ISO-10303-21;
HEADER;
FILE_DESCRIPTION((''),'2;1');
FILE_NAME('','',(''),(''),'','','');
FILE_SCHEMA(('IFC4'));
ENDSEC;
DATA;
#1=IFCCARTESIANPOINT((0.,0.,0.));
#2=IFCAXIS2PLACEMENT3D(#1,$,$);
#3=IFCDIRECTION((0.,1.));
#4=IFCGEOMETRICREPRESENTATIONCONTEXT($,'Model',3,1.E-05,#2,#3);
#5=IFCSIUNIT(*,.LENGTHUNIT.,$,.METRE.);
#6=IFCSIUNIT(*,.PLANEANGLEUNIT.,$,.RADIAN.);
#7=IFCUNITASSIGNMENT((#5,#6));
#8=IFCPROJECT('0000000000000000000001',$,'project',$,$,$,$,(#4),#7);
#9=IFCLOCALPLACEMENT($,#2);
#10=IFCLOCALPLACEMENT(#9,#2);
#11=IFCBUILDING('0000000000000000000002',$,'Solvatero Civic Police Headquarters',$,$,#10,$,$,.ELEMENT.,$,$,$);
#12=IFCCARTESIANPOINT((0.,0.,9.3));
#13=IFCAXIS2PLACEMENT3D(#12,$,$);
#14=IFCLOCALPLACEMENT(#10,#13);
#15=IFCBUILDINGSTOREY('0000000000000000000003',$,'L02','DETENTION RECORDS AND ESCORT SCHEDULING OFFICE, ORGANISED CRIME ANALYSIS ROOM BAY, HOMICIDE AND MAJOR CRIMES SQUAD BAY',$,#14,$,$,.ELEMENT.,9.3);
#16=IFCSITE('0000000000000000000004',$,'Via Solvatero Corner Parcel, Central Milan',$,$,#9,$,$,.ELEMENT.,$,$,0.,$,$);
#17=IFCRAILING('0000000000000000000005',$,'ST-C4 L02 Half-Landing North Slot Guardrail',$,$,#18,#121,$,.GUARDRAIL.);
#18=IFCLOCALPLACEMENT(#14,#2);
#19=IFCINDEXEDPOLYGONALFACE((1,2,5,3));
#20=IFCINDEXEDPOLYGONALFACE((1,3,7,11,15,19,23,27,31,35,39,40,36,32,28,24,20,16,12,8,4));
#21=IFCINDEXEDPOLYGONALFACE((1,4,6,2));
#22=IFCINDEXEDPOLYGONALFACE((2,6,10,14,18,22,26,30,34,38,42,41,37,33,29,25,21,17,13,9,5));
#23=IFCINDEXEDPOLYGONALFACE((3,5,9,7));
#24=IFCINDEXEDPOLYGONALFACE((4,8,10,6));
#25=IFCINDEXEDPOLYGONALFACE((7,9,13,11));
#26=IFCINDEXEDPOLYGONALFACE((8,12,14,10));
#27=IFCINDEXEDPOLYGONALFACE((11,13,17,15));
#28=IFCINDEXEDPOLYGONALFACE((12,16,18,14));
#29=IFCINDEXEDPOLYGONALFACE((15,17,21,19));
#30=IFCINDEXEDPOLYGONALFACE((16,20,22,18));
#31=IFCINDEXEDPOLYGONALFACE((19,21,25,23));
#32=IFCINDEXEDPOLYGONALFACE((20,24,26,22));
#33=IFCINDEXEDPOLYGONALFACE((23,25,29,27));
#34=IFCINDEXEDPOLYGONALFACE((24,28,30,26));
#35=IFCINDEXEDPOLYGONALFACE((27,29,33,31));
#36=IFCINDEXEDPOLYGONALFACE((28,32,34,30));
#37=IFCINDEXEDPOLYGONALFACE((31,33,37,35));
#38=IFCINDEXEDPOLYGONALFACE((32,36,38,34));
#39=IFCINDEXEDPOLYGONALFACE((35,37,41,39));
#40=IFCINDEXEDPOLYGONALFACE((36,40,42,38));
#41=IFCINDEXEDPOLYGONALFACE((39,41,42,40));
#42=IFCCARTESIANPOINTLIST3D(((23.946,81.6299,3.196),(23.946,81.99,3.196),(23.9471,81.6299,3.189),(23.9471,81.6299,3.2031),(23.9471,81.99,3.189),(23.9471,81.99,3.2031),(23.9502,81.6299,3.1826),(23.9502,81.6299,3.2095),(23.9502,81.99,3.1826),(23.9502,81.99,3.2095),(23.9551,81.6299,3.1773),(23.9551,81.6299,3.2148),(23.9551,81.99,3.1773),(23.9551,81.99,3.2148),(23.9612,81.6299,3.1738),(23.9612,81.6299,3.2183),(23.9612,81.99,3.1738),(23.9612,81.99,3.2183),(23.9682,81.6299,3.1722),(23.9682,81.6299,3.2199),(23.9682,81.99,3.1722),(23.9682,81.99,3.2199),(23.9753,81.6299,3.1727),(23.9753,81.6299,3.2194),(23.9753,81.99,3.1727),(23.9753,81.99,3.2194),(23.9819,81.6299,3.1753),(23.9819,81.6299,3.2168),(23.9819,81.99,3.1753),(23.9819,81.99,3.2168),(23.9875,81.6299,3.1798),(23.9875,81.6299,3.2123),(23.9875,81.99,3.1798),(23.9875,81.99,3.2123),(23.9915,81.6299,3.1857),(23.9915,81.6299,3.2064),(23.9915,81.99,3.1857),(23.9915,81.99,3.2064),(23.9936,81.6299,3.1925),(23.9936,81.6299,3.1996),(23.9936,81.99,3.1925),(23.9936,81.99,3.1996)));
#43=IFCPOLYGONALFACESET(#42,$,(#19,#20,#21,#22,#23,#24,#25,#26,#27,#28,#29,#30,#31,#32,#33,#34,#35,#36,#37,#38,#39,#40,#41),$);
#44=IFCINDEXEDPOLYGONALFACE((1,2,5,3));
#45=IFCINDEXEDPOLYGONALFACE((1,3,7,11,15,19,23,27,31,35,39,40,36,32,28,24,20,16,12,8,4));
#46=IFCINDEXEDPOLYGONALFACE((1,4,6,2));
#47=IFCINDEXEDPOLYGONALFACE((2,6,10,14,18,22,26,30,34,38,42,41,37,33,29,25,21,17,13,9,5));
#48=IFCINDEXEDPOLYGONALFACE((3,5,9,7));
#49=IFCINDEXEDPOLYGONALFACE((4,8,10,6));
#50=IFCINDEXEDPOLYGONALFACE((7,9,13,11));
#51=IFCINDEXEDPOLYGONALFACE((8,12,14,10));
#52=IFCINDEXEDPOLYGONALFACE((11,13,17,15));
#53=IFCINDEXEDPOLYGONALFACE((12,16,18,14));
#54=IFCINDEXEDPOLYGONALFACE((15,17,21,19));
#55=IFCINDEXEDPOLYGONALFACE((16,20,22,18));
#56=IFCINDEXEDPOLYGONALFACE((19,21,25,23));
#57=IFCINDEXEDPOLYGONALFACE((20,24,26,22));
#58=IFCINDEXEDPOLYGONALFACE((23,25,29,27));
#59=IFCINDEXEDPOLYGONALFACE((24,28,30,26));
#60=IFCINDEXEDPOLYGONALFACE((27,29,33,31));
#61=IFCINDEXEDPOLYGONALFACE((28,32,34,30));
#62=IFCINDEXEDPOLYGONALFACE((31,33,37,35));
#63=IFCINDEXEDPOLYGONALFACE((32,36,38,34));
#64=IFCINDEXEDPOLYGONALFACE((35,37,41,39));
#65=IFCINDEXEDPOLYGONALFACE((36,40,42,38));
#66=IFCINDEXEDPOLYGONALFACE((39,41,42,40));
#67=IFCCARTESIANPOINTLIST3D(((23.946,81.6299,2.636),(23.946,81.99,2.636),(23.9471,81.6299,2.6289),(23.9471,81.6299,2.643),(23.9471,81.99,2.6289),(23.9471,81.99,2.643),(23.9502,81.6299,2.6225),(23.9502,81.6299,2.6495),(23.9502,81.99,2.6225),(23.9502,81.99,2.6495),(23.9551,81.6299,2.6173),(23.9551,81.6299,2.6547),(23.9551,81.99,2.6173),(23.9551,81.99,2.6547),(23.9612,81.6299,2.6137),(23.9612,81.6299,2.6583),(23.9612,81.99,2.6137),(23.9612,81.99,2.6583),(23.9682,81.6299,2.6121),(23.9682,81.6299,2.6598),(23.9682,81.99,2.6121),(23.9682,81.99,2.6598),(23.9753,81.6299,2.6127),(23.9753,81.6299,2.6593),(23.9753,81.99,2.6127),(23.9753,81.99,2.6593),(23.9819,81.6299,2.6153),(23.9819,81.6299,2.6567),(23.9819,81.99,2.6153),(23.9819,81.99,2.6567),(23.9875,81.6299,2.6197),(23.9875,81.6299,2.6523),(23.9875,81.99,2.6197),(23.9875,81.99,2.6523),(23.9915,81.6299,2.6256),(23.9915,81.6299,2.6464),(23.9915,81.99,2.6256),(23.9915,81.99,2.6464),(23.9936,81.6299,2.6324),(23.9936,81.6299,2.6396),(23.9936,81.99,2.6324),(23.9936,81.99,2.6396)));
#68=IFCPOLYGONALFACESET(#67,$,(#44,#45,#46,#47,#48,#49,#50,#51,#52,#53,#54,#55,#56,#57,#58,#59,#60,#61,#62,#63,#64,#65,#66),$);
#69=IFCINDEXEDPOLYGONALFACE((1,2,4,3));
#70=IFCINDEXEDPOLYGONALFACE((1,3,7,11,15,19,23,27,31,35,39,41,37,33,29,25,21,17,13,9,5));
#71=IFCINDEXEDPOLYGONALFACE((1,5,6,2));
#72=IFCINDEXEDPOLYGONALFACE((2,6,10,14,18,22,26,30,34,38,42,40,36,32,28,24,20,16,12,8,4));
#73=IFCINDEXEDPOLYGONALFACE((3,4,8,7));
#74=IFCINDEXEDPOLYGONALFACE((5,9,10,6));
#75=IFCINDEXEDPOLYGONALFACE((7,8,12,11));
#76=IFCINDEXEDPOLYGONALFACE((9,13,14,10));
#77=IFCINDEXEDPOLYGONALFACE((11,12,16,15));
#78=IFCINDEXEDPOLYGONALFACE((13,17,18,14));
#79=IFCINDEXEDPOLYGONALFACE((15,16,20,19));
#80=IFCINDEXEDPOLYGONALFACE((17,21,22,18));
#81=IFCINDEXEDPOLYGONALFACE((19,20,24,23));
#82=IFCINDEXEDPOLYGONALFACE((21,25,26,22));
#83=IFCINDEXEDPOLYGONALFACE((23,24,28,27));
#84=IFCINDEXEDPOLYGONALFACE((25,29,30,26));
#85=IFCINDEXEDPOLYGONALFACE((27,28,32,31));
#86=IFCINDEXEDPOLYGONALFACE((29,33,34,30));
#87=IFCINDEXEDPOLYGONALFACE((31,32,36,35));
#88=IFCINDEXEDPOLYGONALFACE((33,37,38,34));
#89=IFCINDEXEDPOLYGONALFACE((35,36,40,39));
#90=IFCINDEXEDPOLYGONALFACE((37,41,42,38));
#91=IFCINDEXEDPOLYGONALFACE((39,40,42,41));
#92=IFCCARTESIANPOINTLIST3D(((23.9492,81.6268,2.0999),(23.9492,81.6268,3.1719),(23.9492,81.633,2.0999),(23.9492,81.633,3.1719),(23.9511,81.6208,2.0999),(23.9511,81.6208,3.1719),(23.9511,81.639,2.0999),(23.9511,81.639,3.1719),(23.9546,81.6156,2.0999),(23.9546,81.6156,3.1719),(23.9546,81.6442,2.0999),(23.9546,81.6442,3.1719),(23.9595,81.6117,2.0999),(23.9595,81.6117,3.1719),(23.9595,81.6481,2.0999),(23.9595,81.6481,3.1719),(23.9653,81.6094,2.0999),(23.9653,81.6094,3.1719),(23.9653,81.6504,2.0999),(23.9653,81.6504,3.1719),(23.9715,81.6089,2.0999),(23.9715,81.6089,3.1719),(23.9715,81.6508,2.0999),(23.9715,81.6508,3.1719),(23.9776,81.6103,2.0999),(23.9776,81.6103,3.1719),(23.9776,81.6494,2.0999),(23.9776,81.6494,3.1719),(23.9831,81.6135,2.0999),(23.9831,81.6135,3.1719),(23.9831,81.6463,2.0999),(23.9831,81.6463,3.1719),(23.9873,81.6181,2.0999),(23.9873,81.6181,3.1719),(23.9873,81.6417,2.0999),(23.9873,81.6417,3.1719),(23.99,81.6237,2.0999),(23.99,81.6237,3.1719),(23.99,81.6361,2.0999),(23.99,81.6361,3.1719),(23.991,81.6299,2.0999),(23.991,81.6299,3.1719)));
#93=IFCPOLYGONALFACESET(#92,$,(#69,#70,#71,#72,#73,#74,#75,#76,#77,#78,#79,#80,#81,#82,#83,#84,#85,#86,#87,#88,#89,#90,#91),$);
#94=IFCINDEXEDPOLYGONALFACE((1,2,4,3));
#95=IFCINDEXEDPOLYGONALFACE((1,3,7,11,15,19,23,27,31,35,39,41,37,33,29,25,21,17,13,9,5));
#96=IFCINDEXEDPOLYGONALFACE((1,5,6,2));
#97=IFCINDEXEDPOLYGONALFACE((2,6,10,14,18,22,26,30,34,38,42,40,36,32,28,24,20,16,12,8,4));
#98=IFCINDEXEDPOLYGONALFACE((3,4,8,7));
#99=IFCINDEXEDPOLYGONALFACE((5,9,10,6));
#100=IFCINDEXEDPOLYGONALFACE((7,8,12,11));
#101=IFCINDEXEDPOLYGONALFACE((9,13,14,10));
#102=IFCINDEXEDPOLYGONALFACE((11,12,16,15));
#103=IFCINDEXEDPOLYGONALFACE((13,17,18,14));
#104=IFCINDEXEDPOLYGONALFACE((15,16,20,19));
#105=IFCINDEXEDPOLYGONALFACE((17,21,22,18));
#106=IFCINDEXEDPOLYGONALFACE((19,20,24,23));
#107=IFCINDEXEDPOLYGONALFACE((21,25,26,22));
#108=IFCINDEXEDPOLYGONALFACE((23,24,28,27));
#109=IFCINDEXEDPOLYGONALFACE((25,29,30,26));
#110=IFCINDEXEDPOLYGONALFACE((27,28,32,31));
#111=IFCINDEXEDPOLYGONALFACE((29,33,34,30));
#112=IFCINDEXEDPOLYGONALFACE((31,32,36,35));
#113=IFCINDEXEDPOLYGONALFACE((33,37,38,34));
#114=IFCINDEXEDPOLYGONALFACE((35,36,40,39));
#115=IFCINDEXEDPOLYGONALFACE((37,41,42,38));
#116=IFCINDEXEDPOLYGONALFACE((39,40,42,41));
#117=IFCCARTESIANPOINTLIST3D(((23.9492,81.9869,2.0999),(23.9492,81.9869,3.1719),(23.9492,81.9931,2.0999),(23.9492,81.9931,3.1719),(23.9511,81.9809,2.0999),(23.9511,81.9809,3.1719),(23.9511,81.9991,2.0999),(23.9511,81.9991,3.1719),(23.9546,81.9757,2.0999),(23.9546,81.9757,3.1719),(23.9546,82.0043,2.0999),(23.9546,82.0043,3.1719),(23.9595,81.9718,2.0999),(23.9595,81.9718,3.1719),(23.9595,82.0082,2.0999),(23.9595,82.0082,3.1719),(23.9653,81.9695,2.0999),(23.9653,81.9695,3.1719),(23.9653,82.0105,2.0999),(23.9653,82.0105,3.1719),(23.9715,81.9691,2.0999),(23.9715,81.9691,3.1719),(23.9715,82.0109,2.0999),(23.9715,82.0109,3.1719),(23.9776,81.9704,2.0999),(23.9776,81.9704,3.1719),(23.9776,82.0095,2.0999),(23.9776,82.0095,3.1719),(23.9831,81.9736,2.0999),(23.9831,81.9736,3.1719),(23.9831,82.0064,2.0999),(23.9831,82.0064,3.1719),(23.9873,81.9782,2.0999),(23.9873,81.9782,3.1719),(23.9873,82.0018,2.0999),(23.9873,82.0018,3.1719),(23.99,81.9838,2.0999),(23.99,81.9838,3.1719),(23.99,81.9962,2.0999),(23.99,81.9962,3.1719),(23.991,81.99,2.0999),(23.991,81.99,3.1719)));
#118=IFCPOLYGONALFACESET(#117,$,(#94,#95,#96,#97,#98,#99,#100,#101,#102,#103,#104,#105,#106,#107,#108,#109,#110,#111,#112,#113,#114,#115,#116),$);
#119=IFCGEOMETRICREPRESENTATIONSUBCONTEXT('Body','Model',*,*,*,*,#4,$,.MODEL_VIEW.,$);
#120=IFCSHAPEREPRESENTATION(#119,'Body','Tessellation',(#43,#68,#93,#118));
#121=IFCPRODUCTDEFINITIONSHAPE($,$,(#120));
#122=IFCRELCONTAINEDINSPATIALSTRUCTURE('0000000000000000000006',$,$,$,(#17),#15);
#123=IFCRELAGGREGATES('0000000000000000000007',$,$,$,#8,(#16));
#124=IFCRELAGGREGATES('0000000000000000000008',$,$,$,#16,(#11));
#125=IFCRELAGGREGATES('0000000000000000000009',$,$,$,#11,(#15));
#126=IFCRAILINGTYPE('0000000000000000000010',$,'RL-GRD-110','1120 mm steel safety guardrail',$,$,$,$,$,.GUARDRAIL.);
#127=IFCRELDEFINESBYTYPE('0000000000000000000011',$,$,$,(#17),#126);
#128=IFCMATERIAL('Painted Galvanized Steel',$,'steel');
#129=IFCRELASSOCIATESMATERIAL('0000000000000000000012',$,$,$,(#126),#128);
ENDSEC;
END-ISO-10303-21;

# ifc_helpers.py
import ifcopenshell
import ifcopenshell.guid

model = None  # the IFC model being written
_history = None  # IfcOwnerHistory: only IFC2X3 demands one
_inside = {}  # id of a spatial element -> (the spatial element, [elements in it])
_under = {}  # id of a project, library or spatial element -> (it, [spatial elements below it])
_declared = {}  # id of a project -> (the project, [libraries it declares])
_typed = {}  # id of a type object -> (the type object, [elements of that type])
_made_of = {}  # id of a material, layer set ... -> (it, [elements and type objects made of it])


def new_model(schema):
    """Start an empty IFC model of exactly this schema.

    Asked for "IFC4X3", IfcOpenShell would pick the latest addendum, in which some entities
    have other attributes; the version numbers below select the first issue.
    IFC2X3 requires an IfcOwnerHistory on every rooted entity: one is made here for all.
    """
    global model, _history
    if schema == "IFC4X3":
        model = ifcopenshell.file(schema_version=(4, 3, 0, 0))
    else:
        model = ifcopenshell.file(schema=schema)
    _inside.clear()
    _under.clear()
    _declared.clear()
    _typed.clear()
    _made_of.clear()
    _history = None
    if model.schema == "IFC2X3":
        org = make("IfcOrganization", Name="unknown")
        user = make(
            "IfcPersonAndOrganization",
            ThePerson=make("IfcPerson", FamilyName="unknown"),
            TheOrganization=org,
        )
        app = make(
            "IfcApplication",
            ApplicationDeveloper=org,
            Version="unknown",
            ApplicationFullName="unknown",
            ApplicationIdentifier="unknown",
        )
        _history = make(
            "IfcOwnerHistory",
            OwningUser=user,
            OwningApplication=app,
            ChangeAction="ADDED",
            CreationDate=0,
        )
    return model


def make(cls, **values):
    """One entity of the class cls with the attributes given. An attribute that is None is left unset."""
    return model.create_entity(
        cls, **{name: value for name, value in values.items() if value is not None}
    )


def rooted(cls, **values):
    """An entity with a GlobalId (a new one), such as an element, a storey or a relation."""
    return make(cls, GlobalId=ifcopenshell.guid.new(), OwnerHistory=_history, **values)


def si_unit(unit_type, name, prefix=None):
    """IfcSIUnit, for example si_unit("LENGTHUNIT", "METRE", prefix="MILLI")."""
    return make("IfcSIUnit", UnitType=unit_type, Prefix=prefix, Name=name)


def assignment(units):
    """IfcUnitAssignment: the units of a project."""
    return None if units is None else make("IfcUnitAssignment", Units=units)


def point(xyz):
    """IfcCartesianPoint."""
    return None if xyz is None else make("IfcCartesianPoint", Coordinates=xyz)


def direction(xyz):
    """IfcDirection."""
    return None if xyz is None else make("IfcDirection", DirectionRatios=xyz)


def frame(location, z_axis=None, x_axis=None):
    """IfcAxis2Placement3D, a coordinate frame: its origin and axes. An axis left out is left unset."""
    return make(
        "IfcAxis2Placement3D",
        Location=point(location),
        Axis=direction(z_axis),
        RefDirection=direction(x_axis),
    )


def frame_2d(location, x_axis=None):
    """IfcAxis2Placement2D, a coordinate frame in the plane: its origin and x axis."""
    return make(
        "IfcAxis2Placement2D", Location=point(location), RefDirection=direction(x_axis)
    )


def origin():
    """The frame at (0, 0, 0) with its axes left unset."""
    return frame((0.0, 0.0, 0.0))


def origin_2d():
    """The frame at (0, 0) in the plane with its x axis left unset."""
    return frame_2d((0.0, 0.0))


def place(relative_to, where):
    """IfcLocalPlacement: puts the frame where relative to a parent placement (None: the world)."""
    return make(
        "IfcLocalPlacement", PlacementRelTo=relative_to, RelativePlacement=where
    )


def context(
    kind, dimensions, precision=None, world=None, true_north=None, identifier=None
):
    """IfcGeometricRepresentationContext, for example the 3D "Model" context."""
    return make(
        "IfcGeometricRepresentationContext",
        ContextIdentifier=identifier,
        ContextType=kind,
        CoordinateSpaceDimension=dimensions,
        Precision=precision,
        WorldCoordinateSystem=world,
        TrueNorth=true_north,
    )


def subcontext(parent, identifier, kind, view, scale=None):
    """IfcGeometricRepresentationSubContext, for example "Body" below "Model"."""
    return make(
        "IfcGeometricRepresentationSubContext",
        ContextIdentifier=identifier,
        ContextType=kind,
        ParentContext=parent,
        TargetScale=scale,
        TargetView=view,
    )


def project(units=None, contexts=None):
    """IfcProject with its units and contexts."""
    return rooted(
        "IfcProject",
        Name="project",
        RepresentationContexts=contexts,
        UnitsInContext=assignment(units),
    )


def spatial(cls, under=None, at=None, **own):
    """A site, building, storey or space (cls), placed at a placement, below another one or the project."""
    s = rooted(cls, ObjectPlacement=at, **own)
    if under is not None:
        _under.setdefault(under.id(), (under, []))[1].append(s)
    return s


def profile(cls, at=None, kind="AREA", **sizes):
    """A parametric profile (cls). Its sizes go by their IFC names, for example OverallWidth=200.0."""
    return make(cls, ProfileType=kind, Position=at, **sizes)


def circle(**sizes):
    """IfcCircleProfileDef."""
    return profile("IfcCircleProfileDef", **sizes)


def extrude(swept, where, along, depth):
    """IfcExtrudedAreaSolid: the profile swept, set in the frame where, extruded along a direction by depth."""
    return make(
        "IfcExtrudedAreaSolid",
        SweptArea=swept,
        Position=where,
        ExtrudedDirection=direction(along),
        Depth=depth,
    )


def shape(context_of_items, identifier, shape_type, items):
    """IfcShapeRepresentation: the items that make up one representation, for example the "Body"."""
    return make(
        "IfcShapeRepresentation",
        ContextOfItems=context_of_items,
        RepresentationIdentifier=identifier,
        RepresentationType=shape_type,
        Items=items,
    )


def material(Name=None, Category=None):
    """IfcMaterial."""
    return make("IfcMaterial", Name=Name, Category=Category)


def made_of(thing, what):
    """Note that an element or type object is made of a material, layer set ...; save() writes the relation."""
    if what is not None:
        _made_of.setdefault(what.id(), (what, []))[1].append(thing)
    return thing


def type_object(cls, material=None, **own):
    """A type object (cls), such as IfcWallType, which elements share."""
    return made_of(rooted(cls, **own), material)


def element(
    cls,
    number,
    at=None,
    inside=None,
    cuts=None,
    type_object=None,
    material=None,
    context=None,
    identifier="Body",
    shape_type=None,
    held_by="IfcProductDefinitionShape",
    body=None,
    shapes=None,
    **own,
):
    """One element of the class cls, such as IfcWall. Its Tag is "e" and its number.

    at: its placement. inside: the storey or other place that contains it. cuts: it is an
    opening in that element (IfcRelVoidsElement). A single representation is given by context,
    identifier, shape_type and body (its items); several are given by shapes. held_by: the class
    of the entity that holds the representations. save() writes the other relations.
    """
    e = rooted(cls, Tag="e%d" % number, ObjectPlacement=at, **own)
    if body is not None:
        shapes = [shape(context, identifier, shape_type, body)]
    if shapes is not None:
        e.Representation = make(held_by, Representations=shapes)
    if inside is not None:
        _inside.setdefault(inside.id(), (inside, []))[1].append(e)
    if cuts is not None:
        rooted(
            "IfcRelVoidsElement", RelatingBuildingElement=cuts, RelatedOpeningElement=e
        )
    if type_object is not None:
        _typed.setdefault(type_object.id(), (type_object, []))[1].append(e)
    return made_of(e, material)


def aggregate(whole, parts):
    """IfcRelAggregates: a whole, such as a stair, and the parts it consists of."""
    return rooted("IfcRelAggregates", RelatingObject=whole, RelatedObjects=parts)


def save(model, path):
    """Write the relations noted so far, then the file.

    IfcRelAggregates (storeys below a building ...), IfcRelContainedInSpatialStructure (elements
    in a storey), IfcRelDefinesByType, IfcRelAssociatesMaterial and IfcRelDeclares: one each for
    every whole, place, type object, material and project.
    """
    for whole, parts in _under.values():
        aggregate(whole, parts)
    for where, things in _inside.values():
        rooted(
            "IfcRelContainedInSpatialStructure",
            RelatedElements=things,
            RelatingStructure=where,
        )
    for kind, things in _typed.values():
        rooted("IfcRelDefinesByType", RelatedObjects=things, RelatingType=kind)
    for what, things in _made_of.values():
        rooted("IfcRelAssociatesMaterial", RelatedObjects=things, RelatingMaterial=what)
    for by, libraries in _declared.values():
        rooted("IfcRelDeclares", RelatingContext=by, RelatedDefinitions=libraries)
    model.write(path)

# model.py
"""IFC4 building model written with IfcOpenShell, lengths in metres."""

from ifc_helpers import new_model, si_unit, direction, frame, origin, origin_2d, place, context, subcontext, project, spatial, circle, extrude, material, type_object, element, save


model = new_model("IFC4")

# Units and contexts
model_context = context("Model", 3, precision=1e-05, world=origin(), true_north=direction((0.0, 1.0)))
body_context = subcontext(model_context, "Body", "Model", "MODEL_VIEW")
ifc_project = project(units=[si_unit("LENGTHUNIT", "METRE"), si_unit("PLANEANGLEUNIT", "RADIAN")], contexts=[model_context])

# Site, building, storey
site_placement = place(None, origin())
site = spatial("IfcSite", under=ifc_project, at=site_placement, Name="Via Solvatero Corner Parcel, Central Milan", CompositionType="ELEMENT", RefElevation=0.0)
building_placement = place(site_placement, origin())
building = spatial("IfcBuilding", under=site, at=building_placement, Name="Solvatero Civic Police Headquarters", CompositionType="ELEMENT")
storey_placement = place(building_placement, frame((0.0, 0.0, 9.3)))
storey = spatial("IfcBuildingStorey", under=building, at=storey_placement, Name="L02", Description="DETENTION RECORDS AND ESCORT SCHEDULING OFFICE, ORGANISED CRIME ANALYSIS ROOM BAY, HOMICIDE AND MAJOR CRIMES SQUAD BAY", CompositionType="ELEMENT", Elevation=9.3)

# Railing
ifc_material_1 = material(Name="Painted Galvanized Steel", Category="steel")
railing_type = type_object("IfcRailingType", Name="RL-GRD-110", Description="1120 mm steel safety guardrail", PredefinedType="GUARDRAIL", material=ifc_material_1)
railing_placement = place(storey_placement, frame((23.97, 81.6299, 2.0999)))
element("IfcRailing", 1, at=railing_placement, inside=storey, type_object=railing_type, Name="ST-C4 L02 Half-Landing North Slot Guardrail", PredefinedType="GUARDRAIL", context=body_context, shape_type="SweptSolid", body=[
    extrude(circle(Radius=0.0239, at=origin_2d()), frame((0.0, 0.0, 1.0962), z_axis=(0.0, 1.0, 0.0), x_axis=(-1.0, 0.0, 0.0)), (0.0, 0.0, 1.0), 0.3601),
    extrude(circle(Radius=0.0239, at=origin_2d()), frame((0.0, 0.0, 0.5361), z_axis=(0.0, 1.0, 0.0), x_axis=(-1.0, 0.0, 0.0)), (0.0, 0.0, 1.0), 0.3601),
    extrude(circle(Radius=0.021, at=origin_2d()), origin(), (0.0, 0.0, 1.0), 1.072),
    extrude(circle(Radius=0.021, at=origin_2d()), frame((0.0, 0.3601, 0.0)), (0.0, 0.0, 1.0), 1.072),
])

save(model, "model.ifc")
